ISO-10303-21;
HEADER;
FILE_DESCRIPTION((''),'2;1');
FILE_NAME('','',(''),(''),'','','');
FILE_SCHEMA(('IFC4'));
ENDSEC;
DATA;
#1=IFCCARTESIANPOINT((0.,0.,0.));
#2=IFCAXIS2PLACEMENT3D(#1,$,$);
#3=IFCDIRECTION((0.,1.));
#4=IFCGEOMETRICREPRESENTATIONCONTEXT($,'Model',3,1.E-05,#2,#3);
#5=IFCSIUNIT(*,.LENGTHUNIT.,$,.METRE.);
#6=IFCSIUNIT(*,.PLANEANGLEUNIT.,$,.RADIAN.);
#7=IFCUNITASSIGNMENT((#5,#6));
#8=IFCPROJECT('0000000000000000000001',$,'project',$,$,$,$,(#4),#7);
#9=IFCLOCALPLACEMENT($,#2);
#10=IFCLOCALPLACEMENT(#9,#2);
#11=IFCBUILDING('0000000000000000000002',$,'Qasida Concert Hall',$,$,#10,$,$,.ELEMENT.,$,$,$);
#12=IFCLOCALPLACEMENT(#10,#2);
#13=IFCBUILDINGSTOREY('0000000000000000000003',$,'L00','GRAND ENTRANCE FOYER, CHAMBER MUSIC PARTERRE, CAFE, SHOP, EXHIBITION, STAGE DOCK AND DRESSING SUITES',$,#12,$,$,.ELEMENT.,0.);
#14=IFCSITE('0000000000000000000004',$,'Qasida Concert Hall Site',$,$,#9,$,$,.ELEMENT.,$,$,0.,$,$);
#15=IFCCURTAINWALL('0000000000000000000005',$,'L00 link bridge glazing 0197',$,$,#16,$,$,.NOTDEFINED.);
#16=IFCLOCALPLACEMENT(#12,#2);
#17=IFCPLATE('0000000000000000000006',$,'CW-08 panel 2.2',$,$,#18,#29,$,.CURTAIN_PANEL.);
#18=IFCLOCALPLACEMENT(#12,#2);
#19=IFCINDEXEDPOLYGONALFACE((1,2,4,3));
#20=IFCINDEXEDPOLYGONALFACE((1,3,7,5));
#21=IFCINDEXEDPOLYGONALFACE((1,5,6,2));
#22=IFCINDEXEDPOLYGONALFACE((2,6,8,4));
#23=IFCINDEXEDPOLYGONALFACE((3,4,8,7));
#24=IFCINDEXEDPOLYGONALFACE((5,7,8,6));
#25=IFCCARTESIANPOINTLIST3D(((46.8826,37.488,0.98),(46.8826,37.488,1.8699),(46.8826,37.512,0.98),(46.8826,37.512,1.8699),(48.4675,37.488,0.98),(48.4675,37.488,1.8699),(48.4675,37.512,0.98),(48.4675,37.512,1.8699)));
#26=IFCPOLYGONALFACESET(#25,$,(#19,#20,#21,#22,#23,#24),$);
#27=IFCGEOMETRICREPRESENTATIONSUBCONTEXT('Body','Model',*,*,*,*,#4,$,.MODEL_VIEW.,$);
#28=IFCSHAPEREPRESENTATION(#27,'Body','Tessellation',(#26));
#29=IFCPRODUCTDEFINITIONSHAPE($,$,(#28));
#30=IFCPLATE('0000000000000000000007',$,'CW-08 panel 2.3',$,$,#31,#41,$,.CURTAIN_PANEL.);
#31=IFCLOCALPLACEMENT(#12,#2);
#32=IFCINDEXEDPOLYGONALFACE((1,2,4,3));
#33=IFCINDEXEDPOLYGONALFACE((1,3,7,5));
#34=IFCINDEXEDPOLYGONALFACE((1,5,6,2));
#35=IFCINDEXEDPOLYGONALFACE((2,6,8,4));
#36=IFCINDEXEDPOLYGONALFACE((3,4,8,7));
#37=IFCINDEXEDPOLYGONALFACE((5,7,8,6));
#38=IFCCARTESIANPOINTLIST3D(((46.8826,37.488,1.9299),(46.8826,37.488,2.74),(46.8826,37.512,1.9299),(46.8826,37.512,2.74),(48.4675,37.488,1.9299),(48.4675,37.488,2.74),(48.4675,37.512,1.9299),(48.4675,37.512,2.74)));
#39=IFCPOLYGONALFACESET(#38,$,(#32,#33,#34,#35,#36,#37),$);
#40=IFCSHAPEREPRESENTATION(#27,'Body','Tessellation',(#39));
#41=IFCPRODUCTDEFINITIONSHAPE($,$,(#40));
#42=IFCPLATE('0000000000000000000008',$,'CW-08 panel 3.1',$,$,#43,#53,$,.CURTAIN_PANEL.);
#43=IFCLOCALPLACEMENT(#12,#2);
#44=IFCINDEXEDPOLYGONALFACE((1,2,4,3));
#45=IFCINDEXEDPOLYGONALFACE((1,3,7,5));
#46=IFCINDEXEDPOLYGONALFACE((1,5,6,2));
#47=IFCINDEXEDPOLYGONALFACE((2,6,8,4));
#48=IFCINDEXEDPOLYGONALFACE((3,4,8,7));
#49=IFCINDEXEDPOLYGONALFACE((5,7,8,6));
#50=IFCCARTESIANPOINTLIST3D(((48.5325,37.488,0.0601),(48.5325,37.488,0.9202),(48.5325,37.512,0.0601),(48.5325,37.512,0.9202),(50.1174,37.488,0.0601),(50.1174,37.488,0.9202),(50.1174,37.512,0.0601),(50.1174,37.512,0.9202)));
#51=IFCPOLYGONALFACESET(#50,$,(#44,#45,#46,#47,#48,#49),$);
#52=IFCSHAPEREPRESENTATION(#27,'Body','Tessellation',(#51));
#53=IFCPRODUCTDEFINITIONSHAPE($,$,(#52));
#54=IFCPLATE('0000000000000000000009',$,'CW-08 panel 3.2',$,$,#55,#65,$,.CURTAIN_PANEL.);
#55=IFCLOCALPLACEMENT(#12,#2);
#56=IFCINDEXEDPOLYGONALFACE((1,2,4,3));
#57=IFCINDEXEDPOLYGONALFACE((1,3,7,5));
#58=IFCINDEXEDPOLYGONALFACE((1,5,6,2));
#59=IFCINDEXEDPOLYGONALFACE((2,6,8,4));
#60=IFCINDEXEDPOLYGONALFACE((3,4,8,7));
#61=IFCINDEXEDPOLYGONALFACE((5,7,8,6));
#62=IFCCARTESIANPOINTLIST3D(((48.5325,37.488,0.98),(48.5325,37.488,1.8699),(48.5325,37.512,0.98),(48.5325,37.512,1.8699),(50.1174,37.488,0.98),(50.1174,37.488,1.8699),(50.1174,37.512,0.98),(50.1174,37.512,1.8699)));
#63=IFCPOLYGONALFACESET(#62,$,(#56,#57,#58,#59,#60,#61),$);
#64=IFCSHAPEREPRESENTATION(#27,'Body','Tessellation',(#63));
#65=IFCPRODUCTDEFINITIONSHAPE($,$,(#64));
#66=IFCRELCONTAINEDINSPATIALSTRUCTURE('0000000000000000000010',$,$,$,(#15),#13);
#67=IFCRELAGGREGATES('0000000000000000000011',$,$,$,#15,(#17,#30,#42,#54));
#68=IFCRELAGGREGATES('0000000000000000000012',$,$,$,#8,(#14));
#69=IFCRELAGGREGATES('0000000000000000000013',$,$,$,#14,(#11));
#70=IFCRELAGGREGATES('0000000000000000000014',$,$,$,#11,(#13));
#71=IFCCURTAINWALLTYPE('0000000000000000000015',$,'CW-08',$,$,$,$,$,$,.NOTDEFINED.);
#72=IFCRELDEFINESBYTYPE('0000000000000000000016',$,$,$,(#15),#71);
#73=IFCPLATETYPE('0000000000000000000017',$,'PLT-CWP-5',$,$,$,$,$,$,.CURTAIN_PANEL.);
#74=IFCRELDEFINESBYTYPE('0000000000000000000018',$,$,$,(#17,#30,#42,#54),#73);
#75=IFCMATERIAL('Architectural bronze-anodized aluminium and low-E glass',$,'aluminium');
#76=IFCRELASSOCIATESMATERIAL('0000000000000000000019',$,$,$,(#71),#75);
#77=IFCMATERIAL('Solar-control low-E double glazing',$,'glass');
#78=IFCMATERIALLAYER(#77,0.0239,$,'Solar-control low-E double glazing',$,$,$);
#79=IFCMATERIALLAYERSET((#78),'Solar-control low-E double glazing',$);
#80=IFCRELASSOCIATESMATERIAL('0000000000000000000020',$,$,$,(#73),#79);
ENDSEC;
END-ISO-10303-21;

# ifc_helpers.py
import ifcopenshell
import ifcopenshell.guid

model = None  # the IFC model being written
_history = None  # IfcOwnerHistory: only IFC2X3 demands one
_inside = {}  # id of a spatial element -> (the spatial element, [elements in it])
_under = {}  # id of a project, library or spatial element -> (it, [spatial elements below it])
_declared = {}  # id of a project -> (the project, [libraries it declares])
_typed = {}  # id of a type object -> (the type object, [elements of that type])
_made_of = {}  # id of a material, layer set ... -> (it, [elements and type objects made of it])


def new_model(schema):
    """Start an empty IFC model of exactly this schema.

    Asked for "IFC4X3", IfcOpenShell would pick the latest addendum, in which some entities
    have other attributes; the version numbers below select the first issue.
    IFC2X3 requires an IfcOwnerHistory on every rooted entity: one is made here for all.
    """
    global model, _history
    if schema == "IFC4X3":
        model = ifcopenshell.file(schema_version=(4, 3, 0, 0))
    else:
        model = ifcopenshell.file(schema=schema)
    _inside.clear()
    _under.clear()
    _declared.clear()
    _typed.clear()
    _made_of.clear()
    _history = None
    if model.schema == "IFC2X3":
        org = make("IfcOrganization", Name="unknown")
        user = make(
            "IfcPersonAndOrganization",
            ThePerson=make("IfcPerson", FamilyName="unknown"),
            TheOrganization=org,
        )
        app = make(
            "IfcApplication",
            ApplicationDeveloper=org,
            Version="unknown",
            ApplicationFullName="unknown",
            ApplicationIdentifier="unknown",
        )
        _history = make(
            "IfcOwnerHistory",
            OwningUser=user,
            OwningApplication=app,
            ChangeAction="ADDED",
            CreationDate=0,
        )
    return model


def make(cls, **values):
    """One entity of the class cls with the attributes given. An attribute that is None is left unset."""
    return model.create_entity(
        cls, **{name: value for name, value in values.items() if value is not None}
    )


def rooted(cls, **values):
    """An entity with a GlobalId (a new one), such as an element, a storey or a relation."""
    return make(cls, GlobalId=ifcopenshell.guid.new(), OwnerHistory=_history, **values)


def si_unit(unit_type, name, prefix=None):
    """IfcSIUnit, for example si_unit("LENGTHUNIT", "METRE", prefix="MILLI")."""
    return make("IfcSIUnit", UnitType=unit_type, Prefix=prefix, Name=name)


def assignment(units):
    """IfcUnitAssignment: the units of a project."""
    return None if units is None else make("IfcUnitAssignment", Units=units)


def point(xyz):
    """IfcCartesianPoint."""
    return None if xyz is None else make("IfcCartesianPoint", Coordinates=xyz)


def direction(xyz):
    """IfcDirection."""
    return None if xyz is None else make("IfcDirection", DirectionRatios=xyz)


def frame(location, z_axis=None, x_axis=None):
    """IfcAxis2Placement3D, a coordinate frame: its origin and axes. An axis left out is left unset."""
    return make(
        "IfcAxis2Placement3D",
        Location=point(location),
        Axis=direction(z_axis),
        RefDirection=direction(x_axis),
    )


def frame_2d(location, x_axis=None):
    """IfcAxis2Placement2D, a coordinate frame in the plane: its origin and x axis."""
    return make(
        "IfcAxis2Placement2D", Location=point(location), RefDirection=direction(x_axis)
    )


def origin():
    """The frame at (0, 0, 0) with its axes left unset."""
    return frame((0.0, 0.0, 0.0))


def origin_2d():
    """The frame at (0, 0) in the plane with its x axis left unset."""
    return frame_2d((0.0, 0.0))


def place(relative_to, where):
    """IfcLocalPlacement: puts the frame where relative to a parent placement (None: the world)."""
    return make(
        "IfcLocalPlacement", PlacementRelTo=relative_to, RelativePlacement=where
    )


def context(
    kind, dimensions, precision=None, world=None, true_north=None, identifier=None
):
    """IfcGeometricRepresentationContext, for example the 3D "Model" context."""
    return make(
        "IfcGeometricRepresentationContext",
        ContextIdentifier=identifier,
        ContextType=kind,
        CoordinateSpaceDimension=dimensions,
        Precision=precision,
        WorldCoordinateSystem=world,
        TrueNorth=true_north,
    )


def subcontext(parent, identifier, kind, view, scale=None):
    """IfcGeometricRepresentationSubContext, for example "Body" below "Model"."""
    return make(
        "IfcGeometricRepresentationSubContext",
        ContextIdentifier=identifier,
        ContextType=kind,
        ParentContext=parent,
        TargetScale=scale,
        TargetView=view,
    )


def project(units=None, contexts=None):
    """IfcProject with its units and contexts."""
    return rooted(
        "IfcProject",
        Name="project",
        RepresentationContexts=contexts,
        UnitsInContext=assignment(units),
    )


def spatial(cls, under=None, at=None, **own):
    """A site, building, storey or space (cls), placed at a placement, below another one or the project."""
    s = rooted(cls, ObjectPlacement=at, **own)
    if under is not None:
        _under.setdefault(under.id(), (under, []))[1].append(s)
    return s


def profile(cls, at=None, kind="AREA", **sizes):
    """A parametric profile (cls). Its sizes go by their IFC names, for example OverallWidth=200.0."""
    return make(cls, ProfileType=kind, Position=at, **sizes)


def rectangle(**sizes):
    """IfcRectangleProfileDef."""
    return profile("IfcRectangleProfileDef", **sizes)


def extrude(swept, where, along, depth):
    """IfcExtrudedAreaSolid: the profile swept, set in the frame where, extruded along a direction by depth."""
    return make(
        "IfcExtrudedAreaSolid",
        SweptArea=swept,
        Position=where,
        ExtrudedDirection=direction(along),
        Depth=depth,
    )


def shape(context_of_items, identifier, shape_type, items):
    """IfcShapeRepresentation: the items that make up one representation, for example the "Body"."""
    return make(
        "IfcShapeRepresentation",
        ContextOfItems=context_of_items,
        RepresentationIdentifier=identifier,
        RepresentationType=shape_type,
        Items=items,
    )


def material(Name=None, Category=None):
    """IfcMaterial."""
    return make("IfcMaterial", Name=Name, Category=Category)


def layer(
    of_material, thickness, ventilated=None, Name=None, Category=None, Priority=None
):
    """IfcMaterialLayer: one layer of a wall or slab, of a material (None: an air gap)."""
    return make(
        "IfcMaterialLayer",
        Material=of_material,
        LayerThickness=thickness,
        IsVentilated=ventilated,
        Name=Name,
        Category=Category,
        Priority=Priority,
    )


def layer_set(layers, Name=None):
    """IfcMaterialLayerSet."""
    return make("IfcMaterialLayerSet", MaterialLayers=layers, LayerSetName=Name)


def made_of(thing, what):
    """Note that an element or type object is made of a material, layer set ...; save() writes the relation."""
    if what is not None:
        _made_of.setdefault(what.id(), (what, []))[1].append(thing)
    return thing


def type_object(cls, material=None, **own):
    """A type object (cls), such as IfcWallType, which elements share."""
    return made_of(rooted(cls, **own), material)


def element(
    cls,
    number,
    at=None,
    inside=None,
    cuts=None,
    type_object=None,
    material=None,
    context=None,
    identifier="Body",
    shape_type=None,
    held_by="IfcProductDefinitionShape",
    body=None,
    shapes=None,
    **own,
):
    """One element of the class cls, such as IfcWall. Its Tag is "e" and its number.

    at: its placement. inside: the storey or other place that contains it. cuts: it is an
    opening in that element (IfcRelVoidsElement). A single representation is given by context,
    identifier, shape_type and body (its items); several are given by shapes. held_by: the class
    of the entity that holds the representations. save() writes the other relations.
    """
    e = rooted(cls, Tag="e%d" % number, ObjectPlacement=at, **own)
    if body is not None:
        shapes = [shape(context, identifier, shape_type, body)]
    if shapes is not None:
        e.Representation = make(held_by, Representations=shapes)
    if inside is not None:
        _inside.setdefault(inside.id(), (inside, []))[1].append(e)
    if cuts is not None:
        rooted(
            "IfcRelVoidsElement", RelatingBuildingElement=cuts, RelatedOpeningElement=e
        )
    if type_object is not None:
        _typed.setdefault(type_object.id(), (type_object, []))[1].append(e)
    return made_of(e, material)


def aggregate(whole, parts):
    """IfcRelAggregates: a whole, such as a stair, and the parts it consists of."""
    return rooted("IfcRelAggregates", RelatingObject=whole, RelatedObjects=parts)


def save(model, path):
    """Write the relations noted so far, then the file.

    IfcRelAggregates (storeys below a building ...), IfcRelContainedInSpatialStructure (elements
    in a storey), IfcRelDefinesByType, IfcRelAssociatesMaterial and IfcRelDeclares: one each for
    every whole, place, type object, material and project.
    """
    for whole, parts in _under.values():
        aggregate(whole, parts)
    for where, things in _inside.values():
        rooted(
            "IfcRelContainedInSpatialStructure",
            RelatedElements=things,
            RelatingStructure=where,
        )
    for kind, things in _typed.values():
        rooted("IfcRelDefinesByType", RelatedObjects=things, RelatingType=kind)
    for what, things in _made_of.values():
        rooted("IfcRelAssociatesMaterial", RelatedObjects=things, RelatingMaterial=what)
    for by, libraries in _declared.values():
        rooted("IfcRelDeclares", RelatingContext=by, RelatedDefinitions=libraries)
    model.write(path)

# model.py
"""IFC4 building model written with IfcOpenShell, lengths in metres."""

from ifc_helpers import new_model, si_unit, direction, frame, origin, origin_2d, place, context, subcontext, project, spatial, rectangle, extrude, material, layer, layer_set, type_object, element, aggregate, save


model = new_model("IFC4")

# Units and contexts
model_context = context("Model", 3, precision=1e-05, world=origin(), true_north=direction((0.0, 1.0)))
body_context = subcontext(model_context, "Body", "Model", "MODEL_VIEW")
ifc_project = project(units=[si_unit("LENGTHUNIT", "METRE"), si_unit("PLANEANGLEUNIT", "RADIAN")], contexts=[model_context])

# Site, building, storey
site_placement = place(None, origin())
site = spatial("IfcSite", under=ifc_project, at=site_placement, Name="Qasida Concert Hall Site", CompositionType="ELEMENT", RefElevation=0.0)
building_placement = place(site_placement, origin())
building = spatial("IfcBuilding", under=site, at=building_placement, Name="Qasida Concert Hall", CompositionType="ELEMENT")
storey_placement = place(building_placement, origin())
storey = spatial("IfcBuildingStorey", under=building, at=storey_placement, Name="L00", Description="GRAND ENTRANCE FOYER, CHAMBER MUSIC PARTERRE, CAFE, SHOP, EXHIBITION, STAGE DOCK AND DRESSING SUITES", CompositionType="ELEMENT", Elevation=0.0)

# Curtain wall, plates
ifc_material_1 = material(Name="Architectural bronze-anodized aluminium and low-E glass", Category="aluminium")
curtain_wall_type = type_object("IfcCurtainWallType", Name="CW-08", PredefinedType="NOTDEFINED", material=ifc_material_1)
curtain_wall_placement = place(storey_placement, origin())
curtain_wall = element("IfcCurtainWall", 1, at=curtain_wall_placement, inside=storey, type_object=curtain_wall_type, Name="L00 link bridge glazing 0197", PredefinedType="NOTDEFINED")
ifc_material_2 = material(Name="Solar-control low-E double glazing", Category="glass")
ifc_layer = layer(ifc_material_2, 0.0239, Name="Solar-control low-E double glazing")
ifc_layer_set = layer_set([ifc_layer], Name="Solar-control low-E double glazing")
plate_type = type_object("IfcPlateType", Name="PLT-CWP-5", PredefinedType="CURTAIN_PANEL", material=ifc_layer_set)
plate_1_placement = place(storey_placement, frame((47.675, 37.5, 0.98), z_axis=(0.0, 0.0, 1.0), x_axis=(1.0, 0.0, 0.0)))
plate_1 = element("IfcPlate", 2, at=plate_1_placement, type_object=plate_type, Name="CW-08 panel 2.2", PredefinedType="CURTAIN_PANEL", context=body_context, shape_type="SweptSolid", body=[
    extrude(rectangle(XDim=1.585, YDim=0.0239, at=origin_2d()), origin(), (0.0, 0.0, 1.0), 0.8899),
])
plate_2_placement = place(storey_placement, frame((47.675, 37.5, 1.9299), z_axis=(0.0, 0.0, 1.0), x_axis=(1.0, 0.0, 0.0)))
plate_2 = element("IfcPlate", 3, at=plate_2_placement, type_object=plate_type, Name="CW-08 panel 2.3", PredefinedType="CURTAIN_PANEL", context=body_context, shape_type="SweptSolid", body=[
    extrude(rectangle(XDim=1.585, YDim=0.0239, at=origin_2d()), origin(), (0.0, 0.0, 1.0), 0.8101),
])
plate_3_placement = place(storey_placement, frame((49.325, 37.5, 0.0601), z_axis=(0.0, 0.0, 1.0), x_axis=(1.0, 0.0, 0.0)))
plate_3 = element("IfcPlate", 4, at=plate_3_placement, type_object=plate_type, Name="CW-08 panel 3.1", PredefinedType="CURTAIN_PANEL", context=body_context, shape_type="SweptSolid", body=[
    extrude(rectangle(XDim=1.585, YDim=0.0239, at=origin_2d()), origin(), (0.0, 0.0, 1.0), 0.8601),
])
plate_4_placement = place(storey_placement, frame((49.325, 37.5, 0.98), z_axis=(0.0, 0.0, 1.0), x_axis=(1.0, 0.0, 0.0)))
plate_4 = element("IfcPlate", 5, at=plate_4_placement, type_object=plate_type, Name="CW-08 panel 3.2", PredefinedType="CURTAIN_PANEL", context=body_context, shape_type="SweptSolid", body=[
    extrude(rectangle(XDim=1.585, YDim=0.0239, at=origin_2d()), origin(), (0.0, 0.0, 1.0), 0.8899),
])
aggregate(curtain_wall, [plate_1, plate_2, plate_3, plate_4])

save(model, "model.ifc")
